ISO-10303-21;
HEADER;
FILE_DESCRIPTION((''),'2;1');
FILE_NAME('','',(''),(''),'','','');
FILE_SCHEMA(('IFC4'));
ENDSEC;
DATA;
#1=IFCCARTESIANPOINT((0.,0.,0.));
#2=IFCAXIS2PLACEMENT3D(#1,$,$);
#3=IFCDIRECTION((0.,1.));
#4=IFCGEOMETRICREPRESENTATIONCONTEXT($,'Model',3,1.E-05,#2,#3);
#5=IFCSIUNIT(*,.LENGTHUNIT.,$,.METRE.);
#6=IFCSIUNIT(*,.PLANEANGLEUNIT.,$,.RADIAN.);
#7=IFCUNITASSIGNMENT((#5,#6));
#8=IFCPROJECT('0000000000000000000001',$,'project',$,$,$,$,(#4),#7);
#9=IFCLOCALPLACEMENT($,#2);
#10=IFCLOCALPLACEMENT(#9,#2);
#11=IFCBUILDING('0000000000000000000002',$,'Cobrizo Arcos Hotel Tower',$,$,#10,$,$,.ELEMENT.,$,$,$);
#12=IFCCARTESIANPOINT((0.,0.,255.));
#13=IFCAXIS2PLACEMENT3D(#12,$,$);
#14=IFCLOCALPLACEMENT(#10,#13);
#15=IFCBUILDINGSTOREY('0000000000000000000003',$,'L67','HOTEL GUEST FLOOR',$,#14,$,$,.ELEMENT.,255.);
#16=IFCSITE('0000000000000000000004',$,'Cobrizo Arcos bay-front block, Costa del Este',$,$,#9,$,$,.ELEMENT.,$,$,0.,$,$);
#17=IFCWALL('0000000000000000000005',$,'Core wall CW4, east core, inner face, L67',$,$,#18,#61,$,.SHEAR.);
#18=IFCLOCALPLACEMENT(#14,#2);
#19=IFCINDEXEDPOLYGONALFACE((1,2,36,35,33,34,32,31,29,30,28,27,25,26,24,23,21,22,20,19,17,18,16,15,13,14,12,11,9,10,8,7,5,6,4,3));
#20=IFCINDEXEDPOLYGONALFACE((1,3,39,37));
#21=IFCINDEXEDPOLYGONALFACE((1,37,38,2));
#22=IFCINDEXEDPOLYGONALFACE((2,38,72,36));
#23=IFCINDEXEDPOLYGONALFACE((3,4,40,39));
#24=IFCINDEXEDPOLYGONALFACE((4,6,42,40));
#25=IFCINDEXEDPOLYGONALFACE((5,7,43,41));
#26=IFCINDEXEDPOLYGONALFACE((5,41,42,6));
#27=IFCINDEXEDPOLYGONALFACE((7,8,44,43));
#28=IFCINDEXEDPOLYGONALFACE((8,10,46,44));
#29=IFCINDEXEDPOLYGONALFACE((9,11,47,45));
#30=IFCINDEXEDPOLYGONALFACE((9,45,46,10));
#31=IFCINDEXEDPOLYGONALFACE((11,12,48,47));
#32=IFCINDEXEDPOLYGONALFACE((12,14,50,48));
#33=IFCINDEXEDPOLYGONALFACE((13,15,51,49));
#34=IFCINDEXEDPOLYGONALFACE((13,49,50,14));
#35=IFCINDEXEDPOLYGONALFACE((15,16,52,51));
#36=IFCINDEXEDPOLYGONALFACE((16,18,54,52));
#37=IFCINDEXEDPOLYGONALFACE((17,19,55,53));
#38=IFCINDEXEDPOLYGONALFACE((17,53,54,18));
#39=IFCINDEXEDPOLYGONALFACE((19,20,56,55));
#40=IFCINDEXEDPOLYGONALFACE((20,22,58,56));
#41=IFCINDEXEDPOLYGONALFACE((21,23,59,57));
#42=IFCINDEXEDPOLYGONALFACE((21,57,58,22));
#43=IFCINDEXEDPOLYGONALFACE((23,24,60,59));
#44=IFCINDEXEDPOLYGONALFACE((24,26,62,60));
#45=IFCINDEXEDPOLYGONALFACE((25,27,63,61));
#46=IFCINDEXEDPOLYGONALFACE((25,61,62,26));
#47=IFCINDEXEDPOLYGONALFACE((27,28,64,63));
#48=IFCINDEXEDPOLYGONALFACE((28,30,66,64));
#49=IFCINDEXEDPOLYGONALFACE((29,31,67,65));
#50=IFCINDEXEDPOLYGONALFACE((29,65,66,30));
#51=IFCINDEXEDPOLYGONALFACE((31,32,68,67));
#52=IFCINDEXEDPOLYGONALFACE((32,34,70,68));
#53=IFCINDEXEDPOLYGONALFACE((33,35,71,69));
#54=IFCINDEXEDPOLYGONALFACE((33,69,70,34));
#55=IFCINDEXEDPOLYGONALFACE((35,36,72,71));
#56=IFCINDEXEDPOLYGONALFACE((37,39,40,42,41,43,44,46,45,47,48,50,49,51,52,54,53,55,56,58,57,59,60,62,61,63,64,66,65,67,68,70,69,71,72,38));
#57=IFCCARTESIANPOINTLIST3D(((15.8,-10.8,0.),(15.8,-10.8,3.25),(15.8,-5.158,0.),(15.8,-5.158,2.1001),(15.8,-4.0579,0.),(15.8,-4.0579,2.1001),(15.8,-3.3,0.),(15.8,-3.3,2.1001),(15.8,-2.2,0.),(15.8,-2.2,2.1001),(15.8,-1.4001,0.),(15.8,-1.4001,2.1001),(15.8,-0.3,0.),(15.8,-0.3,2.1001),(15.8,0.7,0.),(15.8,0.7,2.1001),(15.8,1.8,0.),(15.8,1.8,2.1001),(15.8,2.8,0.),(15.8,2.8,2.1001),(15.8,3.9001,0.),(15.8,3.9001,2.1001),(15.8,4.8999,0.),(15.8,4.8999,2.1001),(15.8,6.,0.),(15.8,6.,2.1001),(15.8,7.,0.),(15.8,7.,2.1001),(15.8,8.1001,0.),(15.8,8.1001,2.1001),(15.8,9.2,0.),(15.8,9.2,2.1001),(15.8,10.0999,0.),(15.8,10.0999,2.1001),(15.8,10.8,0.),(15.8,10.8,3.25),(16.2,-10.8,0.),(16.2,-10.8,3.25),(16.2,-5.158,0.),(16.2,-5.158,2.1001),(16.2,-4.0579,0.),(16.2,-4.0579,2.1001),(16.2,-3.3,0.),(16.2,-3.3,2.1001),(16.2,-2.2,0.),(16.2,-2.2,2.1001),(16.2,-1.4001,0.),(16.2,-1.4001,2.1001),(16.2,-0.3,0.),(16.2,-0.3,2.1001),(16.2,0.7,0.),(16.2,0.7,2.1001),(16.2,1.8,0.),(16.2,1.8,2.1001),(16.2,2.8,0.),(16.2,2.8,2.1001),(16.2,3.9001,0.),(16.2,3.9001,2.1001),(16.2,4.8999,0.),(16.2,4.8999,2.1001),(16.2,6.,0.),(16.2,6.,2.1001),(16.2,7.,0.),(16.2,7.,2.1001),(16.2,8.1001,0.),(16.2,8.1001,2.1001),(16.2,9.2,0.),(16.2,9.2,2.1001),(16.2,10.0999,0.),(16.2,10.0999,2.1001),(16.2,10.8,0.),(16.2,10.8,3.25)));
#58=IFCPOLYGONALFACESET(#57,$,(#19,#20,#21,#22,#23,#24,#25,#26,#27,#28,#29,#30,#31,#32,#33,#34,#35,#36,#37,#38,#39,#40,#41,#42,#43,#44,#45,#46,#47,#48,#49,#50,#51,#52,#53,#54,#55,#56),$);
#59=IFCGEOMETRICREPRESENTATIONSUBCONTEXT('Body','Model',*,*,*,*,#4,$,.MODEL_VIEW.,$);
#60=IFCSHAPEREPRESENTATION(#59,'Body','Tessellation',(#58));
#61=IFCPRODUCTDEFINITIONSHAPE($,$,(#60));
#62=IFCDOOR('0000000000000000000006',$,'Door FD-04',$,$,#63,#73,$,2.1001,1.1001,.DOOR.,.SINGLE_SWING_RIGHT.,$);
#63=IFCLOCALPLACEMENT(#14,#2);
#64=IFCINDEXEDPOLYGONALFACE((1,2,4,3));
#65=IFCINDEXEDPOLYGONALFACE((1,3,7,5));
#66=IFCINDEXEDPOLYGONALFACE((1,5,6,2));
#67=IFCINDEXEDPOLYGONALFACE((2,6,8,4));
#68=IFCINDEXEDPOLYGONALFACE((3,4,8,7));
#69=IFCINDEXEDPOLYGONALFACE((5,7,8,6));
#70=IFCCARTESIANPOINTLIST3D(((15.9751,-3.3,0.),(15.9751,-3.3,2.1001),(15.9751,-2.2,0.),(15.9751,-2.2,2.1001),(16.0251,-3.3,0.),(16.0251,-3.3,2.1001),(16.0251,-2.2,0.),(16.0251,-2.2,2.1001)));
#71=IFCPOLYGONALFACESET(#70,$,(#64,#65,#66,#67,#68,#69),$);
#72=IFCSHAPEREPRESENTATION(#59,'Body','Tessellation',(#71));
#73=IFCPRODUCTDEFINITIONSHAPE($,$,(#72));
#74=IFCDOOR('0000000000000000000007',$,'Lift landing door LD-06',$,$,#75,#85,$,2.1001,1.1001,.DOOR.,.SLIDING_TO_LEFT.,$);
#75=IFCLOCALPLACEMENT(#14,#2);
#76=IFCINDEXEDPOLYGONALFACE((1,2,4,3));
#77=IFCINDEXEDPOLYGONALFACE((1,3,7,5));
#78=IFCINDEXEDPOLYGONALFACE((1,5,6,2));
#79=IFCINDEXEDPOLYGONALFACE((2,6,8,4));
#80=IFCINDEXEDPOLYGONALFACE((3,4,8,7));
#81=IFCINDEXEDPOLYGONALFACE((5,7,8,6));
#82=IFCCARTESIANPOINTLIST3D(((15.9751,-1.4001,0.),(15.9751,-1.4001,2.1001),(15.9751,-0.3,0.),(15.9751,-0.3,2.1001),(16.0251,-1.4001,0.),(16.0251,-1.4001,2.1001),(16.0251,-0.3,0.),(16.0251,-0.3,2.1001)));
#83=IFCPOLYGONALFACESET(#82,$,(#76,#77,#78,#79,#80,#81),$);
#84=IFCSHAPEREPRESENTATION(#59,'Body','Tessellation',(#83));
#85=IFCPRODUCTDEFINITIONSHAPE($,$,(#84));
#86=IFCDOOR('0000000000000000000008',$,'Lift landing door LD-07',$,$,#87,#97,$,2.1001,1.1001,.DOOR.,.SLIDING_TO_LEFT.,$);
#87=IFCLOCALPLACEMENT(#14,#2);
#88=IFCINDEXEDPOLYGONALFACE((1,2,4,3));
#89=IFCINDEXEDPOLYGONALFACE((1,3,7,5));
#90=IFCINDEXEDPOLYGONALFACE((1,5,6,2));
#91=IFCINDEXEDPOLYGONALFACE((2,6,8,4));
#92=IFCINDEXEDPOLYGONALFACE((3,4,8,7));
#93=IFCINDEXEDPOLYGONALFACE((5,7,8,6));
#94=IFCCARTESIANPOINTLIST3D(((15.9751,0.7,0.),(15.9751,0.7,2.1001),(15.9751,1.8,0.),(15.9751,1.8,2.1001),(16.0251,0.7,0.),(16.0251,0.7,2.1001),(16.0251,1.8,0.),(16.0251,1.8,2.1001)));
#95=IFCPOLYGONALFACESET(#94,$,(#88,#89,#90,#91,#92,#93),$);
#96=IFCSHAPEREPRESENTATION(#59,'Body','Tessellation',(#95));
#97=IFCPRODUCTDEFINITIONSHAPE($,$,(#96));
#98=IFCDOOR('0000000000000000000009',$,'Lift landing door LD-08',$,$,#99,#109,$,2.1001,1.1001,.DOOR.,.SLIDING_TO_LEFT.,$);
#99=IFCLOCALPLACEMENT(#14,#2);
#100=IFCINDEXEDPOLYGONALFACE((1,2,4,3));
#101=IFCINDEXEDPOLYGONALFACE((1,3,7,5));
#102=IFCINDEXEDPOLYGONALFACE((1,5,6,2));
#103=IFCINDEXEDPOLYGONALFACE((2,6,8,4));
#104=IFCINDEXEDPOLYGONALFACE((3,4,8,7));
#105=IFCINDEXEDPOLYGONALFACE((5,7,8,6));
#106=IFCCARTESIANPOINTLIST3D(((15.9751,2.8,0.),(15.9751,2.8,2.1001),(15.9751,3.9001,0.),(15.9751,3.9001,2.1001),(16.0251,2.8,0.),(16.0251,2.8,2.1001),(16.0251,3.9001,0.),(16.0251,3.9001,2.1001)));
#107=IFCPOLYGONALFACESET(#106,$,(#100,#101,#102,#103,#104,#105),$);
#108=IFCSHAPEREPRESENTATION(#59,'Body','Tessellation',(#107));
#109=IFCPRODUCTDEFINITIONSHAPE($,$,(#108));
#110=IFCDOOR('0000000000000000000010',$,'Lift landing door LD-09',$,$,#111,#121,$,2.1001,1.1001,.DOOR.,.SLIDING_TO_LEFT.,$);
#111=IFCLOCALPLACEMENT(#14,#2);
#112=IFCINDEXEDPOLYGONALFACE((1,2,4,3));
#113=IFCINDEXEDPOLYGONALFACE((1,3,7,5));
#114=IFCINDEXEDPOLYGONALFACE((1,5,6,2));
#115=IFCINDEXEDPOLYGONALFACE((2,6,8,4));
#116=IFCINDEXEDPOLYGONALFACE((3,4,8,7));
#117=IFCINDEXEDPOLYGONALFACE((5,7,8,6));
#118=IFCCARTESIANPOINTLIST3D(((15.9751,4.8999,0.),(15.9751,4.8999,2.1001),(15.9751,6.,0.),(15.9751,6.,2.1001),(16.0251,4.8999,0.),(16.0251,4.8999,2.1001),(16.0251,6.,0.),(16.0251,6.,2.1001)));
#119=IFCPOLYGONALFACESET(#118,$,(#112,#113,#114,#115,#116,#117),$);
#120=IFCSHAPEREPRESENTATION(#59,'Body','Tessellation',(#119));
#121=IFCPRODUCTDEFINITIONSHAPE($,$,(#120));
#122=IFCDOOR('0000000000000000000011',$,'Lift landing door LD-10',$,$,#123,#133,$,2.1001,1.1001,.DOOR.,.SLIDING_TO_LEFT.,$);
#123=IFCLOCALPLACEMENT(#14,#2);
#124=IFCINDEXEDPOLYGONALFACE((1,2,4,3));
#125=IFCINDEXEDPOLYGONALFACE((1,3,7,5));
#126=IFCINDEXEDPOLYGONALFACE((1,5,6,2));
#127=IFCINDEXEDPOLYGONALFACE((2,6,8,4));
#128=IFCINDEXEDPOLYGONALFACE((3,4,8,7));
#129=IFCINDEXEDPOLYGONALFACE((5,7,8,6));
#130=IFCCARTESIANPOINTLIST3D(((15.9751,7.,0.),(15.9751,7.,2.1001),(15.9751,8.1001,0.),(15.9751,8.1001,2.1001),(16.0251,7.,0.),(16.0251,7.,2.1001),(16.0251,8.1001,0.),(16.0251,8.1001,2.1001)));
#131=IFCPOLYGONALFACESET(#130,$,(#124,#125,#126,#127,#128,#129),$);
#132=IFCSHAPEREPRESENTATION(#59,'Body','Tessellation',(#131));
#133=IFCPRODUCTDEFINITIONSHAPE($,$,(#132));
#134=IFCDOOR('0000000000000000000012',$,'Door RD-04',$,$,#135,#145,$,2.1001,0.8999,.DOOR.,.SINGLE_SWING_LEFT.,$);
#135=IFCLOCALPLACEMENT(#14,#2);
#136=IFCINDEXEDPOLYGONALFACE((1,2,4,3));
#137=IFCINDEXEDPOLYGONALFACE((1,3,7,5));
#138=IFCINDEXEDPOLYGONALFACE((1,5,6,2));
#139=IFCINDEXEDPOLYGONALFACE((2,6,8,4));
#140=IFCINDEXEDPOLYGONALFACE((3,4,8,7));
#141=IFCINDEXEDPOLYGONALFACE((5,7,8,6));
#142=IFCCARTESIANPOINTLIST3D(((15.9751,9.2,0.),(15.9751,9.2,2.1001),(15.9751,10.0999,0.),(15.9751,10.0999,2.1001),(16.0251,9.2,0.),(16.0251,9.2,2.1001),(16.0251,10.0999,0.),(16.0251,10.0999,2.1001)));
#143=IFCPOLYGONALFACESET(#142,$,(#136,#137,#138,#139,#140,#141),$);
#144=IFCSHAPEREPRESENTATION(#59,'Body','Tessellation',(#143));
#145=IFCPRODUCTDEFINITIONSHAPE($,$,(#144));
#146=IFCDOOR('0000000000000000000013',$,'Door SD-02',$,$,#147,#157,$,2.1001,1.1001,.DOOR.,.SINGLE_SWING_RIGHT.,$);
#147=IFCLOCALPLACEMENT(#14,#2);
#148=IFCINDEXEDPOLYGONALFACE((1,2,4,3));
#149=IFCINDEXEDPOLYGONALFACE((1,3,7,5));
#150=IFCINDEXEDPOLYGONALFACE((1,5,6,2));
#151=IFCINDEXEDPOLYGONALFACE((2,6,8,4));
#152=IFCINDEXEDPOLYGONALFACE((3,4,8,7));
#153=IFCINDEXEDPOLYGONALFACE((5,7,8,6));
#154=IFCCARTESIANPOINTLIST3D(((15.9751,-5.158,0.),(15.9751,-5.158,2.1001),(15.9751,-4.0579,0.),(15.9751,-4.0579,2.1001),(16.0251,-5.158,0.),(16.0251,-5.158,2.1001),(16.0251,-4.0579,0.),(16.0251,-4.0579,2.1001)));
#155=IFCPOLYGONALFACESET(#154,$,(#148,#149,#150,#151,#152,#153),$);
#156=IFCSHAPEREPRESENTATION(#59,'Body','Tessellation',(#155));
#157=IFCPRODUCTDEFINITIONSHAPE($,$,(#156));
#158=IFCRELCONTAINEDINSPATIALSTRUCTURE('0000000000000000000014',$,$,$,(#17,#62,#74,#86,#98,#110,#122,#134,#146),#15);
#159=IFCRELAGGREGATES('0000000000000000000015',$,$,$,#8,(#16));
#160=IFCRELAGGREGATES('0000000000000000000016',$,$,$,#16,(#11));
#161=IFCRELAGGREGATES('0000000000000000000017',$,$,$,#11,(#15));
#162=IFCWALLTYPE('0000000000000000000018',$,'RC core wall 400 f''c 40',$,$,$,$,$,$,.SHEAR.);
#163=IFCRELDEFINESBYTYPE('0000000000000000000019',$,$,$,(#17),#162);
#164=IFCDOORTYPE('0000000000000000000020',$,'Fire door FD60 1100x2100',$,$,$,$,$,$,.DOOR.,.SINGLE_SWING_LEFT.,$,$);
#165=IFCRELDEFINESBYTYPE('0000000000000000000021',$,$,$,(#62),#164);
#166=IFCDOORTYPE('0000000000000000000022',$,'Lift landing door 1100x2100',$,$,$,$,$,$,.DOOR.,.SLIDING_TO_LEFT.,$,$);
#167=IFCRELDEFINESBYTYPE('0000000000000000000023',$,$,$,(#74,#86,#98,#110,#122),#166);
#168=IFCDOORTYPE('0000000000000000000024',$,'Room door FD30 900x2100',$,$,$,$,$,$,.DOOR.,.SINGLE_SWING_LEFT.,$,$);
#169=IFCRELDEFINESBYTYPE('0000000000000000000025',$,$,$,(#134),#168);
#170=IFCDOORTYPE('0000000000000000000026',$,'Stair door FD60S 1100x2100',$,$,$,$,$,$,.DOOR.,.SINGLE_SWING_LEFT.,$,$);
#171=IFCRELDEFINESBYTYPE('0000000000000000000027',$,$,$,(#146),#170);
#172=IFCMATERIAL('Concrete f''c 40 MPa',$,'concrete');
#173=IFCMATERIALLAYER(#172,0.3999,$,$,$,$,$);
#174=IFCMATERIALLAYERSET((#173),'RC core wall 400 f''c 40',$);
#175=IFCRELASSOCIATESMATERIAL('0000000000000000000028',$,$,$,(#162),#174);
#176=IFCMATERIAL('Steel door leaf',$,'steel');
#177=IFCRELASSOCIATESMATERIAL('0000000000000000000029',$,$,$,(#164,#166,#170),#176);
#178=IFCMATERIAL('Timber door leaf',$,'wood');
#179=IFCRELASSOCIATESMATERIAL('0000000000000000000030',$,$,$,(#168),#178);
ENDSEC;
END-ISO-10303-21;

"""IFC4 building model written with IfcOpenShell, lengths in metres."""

from ifc_helpers import new_model, si_unit, direction, frame, frame_2d, origin, place, context, subcontext, project, spatial, rectangle, extrude, material, layer, layer_set, type_object, element, fill, save


model = new_model("IFC4")

# Units and contexts
model_context = context("Model", 3, precision=1e-05, world=origin(), true_north=direction((0.0, 1.0)))
body_context = subcontext(model_context, "Body", "Model", "MODEL_VIEW")
ifc_project = project(units=[si_unit("LENGTHUNIT", "METRE"), si_unit("PLANEANGLEUNIT", "RADIAN")], contexts=[model_context])

# Site, building, storey
site_placement = place(None, origin())
site = spatial("IfcSite", under=ifc_project, at=site_placement, Name="Cobrizo Arcos bay-front block, Costa del Este", CompositionType="ELEMENT", RefElevation=0.0)
building_placement = place(site_placement, origin())
building = spatial("IfcBuilding", under=site, at=building_placement, Name="Cobrizo Arcos Hotel Tower", CompositionType="ELEMENT")
storey_placement = place(building_placement, frame((0.0, 0.0, 255.0)))
storey = spatial("IfcBuildingStorey", under=building, at=storey_placement, Name="L67", Description="HOTEL GUEST FLOOR", CompositionType="ELEMENT", Elevation=255.0)

# Wall, openings, doors
ifc_material_1 = material(Name="Concrete f'c 40 MPa", Category="concrete")
ifc_layer_1 = layer(ifc_material_1, 0.3999)
ifc_layer_set_1 = layer_set([ifc_layer_1], Name="RC core wall 400 f'c 40")
wall_type_1 = type_object("IfcWallType", Name="RC core wall 400 f'c 40", PredefinedType="SHEAR", material=ifc_layer_set_1)
wall_1_placement = place(storey_placement, frame((16.0, -10.8, 0.0), z_axis=(0.0, 0.0, 1.0), x_axis=(0.0, 1.0, 0.0)))
wall_1 = element("IfcWall", 1, at=wall_1_placement, inside=storey, type_object=wall_type_1, Name="Core wall CW4, east core, inner face, L67", PredefinedType="SHEAR", context=body_context, shape_type="SweptSolid", body=[
    extrude(rectangle(XDim=21.6001, YDim=0.3999, at=frame_2d((10.8, 0.0))), origin(), (0.0, 0.0, 1.0), 3.25),
])
opening_1_placement = place(wall_1_placement, frame((9.3999, 0.0, 0.0)))
opening_1 = element("IfcOpeningElement", 2, at=opening_1_placement, cuts=wall_1, PredefinedType="OPENING", context=body_context, shape_type="SweptSolid", body=[
    extrude(rectangle(XDim=1.1001, YDim=2.1001, at=frame_2d((0.55, 1.05))), frame((0.0, 0.2119, 0.0), z_axis=(0.0, -1.0, 0.0), x_axis=(1.0, 0.0, 0.0)), (0.0, 0.0, 1.0), 0.4238),
])
opening_2_placement = place(wall_1_placement, frame((11.5, 0.0, 0.0)))
opening_2 = element("IfcOpeningElement", 3, at=opening_2_placement, cuts=wall_1, PredefinedType="OPENING", context=body_context, shape_type="SweptSolid", body=[
    extrude(rectangle(XDim=1.1001, YDim=2.1001, at=frame_2d((0.55, 1.05))), frame((0.0, 0.2119, 0.0), z_axis=(0.0, -1.0, 0.0), x_axis=(1.0, 0.0, 0.0)), (0.0, 0.0, 1.0), 0.4238),
])
opening_3_placement = place(wall_1_placement, frame((13.6001, 0.0, 0.0)))
opening_3 = element("IfcOpeningElement", 4, at=opening_3_placement, cuts=wall_1, PredefinedType="OPENING", context=body_context, shape_type="SweptSolid", body=[
    extrude(rectangle(XDim=1.1001, YDim=2.1001, at=frame_2d((0.55, 1.05))), frame((0.0, 0.2119, 0.0), z_axis=(0.0, -1.0, 0.0), x_axis=(1.0, 0.0, 0.0)), (0.0, 0.0, 1.0), 0.4238),
])
opening_4_placement = place(wall_1_placement, frame((15.7, 0.0, 0.0)))
opening_4 = element("IfcOpeningElement", 5, at=opening_4_placement, cuts=wall_1, PredefinedType="OPENING", context=body_context, shape_type="SweptSolid", body=[
    extrude(rectangle(XDim=1.1001, YDim=2.1001, at=frame_2d((0.55, 1.05))), frame((0.0, 0.2119, 0.0), z_axis=(0.0, -1.0, 0.0), x_axis=(1.0, 0.0, 0.0)), (0.0, 0.0, 1.0), 0.4238),
])
opening_5_placement = place(wall_1_placement, frame((17.8, 0.0, 0.0)))
opening_5 = element("IfcOpeningElement", 6, at=opening_5_placement, cuts=wall_1, PredefinedType="OPENING", context=body_context, shape_type="SweptSolid", body=[
    extrude(rectangle(XDim=1.1001, YDim=2.1001, at=frame_2d((0.55, 1.05))), frame((0.0, 0.2119, 0.0), z_axis=(0.0, -1.0, 0.0), x_axis=(1.0, 0.0, 0.0)), (0.0, 0.0, 1.0), 0.4238),
])
opening_6_placement = place(wall_1_placement, frame((5.6421, 0.0, 0.0)))
opening_6 = element("IfcOpeningElement", 7, at=opening_6_placement, cuts=wall_1, PredefinedType="OPENING", context=body_context, shape_type="SweptSolid", body=[
    extrude(rectangle(XDim=1.1001, YDim=2.1001, at=frame_2d((0.55, 1.05))), frame((0.0, 0.2119, 0.0), z_axis=(0.0, -1.0, 0.0), x_axis=(1.0, 0.0, 0.0)), (0.0, 0.0, 1.0), 0.4238),
])
opening_7_placement = place(wall_1_placement, frame((7.5, 0.0, 0.0)))
opening_7 = element("IfcOpeningElement", 8, at=opening_7_placement, cuts=wall_1, PredefinedType="OPENING", context=body_context, shape_type="SweptSolid", body=[
    extrude(rectangle(XDim=1.1001, YDim=2.1001, at=frame_2d((0.55, 1.05))), frame((0.0, 0.2119, 0.0), z_axis=(0.0, -1.0, 0.0), x_axis=(1.0, 0.0, 0.0)), (0.0, 0.0, 1.0), 0.4238),
])
opening_8_placement = place(wall_1_placement, frame((20.0, 0.0, 0.0)))
opening_8 = element("IfcOpeningElement", 9, at=opening_8_placement, cuts=wall_1, PredefinedType="OPENING", context=body_context, shape_type="SweptSolid", body=[
    extrude(rectangle(XDim=0.8999, YDim=2.1001, at=frame_2d((0.45, 1.05))), frame((0.0, 0.2119, 0.0), z_axis=(0.0, -1.0, 0.0), x_axis=(1.0, 0.0, 0.0)), (0.0, 0.0, 1.0), 0.4238),
])
ifc_material_2 = material(Name="Steel door leaf", Category="steel")
door_type_1 = type_object("IfcDoorType", Name="Fire door FD60 1100x2100", OperationType="SINGLE_SWING_LEFT", PredefinedType="DOOR", material=ifc_material_2)
door_1_placement = place(opening_7_placement, origin())
door_1 = element("IfcDoor", 10, at=door_1_placement, inside=storey, type_object=door_type_1, Name="Door FD-04", OperationType="SINGLE_SWING_RIGHT", OverallHeight=2.1001, OverallWidth=1.1001, PredefinedType="DOOR", context=body_context, shape_type="SweptSolid", body=[
    extrude(rectangle(XDim=1.1001, YDim=2.1001, at=frame_2d((0.55, 1.05))), frame((0.0, 0.0249, 0.0), z_axis=(0.0, -1.0, 0.0), x_axis=(1.0, 0.0, 0.0)), (0.0, 0.0, 1.0), 0.05),
])
fill(opening_7, door_1)
door_type_2 = type_object("IfcDoorType", Name="Lift landing door 1100x2100", OperationType="SLIDING_TO_LEFT", PredefinedType="DOOR", material=ifc_material_2)
door_2_placement = place(opening_1_placement, origin())
door_2 = element("IfcDoor", 11, at=door_2_placement, inside=storey, type_object=door_type_2, Name="Lift landing door LD-06", OperationType="SLIDING_TO_LEFT", OverallHeight=2.1001, OverallWidth=1.1001, PredefinedType="DOOR", context=body_context, shape_type="SweptSolid", body=[
    extrude(rectangle(XDim=1.1001, YDim=2.1001, at=frame_2d((0.55, 1.05))), frame((0.0, 0.0249, 0.0), z_axis=(0.0, -1.0, 0.0), x_axis=(1.0, 0.0, 0.0)), (0.0, 0.0, 1.0), 0.05),
])
fill(opening_1, door_2)
door_3_placement = place(opening_2_placement, origin())
door_3 = element("IfcDoor", 12, at=door_3_placement, inside=storey, type_object=door_type_2, Name="Lift landing door LD-07", OperationType="SLIDING_TO_LEFT", OverallHeight=2.1001, OverallWidth=1.1001, PredefinedType="DOOR", context=body_context, shape_type="SweptSolid", body=[
    extrude(rectangle(XDim=1.1001, YDim=2.1001, at=frame_2d((0.55, 1.05))), frame((0.0, 0.0249, 0.0), z_axis=(0.0, -1.0, 0.0), x_axis=(1.0, 0.0, 0.0)), (0.0, 0.0, 1.0), 0.05),
])
fill(opening_2, door_3)
door_4_placement = place(opening_3_placement, origin())
door_4 = element("IfcDoor", 13, at=door_4_placement, inside=storey, type_object=door_type_2, Name="Lift landing door LD-08", OperationType="SLIDING_TO_LEFT", OverallHeight=2.1001, OverallWidth=1.1001, PredefinedType="DOOR", context=body_context, shape_type="SweptSolid", body=[
    extrude(rectangle(XDim=1.1001, YDim=2.1001, at=frame_2d((0.55, 1.05))), frame((0.0, 0.0249, 0.0), z_axis=(0.0, -1.0, 0.0), x_axis=(1.0, 0.0, 0.0)), (0.0, 0.0, 1.0), 0.05),
])
fill(opening_3, door_4)
door_5_placement = place(opening_4_placement, origin())
door_5 = element("IfcDoor", 14, at=door_5_placement, inside=storey, type_object=door_type_2, Name="Lift landing door LD-09", OperationType="SLIDING_TO_LEFT", OverallHeight=2.1001, OverallWidth=1.1001, PredefinedType="DOOR", context=body_context, shape_type="SweptSolid", body=[
    extrude(rectangle(XDim=1.1001, YDim=2.1001, at=frame_2d((0.55, 1.05))), frame((0.0, 0.0249, 0.0), z_axis=(0.0, -1.0, 0.0), x_axis=(1.0, 0.0, 0.0)), (0.0, 0.0, 1.0), 0.05),
])
fill(opening_4, door_5)
door_6_placement = place(opening_5_placement, origin())
door_6 = element("IfcDoor", 15, at=door_6_placement, inside=storey, type_object=door_type_2, Name="Lift landing door LD-10", OperationType="SLIDING_TO_LEFT", OverallHeight=2.1001, OverallWidth=1.1001, PredefinedType="DOOR", context=body_context, shape_type="SweptSolid", body=[
    extrude(rectangle(XDim=1.1001, YDim=2.1001, at=frame_2d((0.55, 1.05))), frame((0.0, 0.0249, 0.0), z_axis=(0.0, -1.0, 0.0), x_axis=(1.0, 0.0, 0.0)), (0.0, 0.0, 1.0), 0.05),
])
fill(opening_5, door_6)
ifc_material_3 = material(Name="Timber door leaf", Category="wood")
door_type_3 = type_object("IfcDoorType", Name="Room door FD30 900x2100", OperationType="SINGLE_SWING_LEFT", PredefinedType="DOOR", material=ifc_material_3)
door_7_placement = place(opening_8_placement, origin())
door_7 = element("IfcDoor", 16, at=door_7_placement, inside=storey, type_object=door_type_3, Name="Door RD-04", OperationType="SINGLE_SWING_LEFT", OverallHeight=2.1001, OverallWidth=0.8999, PredefinedType="DOOR", context=body_context, shape_type="SweptSolid", body=[
    extrude(rectangle(XDim=0.8999, YDim=2.1001, at=frame_2d((0.45, 1.05))), frame((0.0, 0.0249, 0.0), z_axis=(0.0, -1.0, 0.0), x_axis=(1.0, 0.0, 0.0)), (0.0, 0.0, 1.0), 0.05),
])
fill(opening_8, door_7)
door_type_4 = type_object("IfcDoorType", Name="Stair door FD60S 1100x2100", OperationType="SINGLE_SWING_LEFT", PredefinedType="DOOR", material=ifc_material_2)
door_8_placement = place(opening_6_placement, origin())
door_8 = element("IfcDoor", 17, at=door_8_placement, inside=storey, type_object=door_type_4, Name="Door SD-02", OperationType="SINGLE_SWING_RIGHT", OverallHeight=2.1001, OverallWidth=1.1001, PredefinedType="DOOR", context=body_context, shape_type="SweptSolid", body=[
    extrude(rectangle(XDim=1.1001, YDim=2.1001, at=frame_2d((0.55, 1.05))), frame((0.0, 0.0249, 0.0), z_axis=(0.0, -1.0, 0.0), x_axis=(1.0, 0.0, 0.0)), (0.0, 0.0, 1.0), 0.05),
])
fill(opening_6, door_8)

save(model, "model.ifc")
